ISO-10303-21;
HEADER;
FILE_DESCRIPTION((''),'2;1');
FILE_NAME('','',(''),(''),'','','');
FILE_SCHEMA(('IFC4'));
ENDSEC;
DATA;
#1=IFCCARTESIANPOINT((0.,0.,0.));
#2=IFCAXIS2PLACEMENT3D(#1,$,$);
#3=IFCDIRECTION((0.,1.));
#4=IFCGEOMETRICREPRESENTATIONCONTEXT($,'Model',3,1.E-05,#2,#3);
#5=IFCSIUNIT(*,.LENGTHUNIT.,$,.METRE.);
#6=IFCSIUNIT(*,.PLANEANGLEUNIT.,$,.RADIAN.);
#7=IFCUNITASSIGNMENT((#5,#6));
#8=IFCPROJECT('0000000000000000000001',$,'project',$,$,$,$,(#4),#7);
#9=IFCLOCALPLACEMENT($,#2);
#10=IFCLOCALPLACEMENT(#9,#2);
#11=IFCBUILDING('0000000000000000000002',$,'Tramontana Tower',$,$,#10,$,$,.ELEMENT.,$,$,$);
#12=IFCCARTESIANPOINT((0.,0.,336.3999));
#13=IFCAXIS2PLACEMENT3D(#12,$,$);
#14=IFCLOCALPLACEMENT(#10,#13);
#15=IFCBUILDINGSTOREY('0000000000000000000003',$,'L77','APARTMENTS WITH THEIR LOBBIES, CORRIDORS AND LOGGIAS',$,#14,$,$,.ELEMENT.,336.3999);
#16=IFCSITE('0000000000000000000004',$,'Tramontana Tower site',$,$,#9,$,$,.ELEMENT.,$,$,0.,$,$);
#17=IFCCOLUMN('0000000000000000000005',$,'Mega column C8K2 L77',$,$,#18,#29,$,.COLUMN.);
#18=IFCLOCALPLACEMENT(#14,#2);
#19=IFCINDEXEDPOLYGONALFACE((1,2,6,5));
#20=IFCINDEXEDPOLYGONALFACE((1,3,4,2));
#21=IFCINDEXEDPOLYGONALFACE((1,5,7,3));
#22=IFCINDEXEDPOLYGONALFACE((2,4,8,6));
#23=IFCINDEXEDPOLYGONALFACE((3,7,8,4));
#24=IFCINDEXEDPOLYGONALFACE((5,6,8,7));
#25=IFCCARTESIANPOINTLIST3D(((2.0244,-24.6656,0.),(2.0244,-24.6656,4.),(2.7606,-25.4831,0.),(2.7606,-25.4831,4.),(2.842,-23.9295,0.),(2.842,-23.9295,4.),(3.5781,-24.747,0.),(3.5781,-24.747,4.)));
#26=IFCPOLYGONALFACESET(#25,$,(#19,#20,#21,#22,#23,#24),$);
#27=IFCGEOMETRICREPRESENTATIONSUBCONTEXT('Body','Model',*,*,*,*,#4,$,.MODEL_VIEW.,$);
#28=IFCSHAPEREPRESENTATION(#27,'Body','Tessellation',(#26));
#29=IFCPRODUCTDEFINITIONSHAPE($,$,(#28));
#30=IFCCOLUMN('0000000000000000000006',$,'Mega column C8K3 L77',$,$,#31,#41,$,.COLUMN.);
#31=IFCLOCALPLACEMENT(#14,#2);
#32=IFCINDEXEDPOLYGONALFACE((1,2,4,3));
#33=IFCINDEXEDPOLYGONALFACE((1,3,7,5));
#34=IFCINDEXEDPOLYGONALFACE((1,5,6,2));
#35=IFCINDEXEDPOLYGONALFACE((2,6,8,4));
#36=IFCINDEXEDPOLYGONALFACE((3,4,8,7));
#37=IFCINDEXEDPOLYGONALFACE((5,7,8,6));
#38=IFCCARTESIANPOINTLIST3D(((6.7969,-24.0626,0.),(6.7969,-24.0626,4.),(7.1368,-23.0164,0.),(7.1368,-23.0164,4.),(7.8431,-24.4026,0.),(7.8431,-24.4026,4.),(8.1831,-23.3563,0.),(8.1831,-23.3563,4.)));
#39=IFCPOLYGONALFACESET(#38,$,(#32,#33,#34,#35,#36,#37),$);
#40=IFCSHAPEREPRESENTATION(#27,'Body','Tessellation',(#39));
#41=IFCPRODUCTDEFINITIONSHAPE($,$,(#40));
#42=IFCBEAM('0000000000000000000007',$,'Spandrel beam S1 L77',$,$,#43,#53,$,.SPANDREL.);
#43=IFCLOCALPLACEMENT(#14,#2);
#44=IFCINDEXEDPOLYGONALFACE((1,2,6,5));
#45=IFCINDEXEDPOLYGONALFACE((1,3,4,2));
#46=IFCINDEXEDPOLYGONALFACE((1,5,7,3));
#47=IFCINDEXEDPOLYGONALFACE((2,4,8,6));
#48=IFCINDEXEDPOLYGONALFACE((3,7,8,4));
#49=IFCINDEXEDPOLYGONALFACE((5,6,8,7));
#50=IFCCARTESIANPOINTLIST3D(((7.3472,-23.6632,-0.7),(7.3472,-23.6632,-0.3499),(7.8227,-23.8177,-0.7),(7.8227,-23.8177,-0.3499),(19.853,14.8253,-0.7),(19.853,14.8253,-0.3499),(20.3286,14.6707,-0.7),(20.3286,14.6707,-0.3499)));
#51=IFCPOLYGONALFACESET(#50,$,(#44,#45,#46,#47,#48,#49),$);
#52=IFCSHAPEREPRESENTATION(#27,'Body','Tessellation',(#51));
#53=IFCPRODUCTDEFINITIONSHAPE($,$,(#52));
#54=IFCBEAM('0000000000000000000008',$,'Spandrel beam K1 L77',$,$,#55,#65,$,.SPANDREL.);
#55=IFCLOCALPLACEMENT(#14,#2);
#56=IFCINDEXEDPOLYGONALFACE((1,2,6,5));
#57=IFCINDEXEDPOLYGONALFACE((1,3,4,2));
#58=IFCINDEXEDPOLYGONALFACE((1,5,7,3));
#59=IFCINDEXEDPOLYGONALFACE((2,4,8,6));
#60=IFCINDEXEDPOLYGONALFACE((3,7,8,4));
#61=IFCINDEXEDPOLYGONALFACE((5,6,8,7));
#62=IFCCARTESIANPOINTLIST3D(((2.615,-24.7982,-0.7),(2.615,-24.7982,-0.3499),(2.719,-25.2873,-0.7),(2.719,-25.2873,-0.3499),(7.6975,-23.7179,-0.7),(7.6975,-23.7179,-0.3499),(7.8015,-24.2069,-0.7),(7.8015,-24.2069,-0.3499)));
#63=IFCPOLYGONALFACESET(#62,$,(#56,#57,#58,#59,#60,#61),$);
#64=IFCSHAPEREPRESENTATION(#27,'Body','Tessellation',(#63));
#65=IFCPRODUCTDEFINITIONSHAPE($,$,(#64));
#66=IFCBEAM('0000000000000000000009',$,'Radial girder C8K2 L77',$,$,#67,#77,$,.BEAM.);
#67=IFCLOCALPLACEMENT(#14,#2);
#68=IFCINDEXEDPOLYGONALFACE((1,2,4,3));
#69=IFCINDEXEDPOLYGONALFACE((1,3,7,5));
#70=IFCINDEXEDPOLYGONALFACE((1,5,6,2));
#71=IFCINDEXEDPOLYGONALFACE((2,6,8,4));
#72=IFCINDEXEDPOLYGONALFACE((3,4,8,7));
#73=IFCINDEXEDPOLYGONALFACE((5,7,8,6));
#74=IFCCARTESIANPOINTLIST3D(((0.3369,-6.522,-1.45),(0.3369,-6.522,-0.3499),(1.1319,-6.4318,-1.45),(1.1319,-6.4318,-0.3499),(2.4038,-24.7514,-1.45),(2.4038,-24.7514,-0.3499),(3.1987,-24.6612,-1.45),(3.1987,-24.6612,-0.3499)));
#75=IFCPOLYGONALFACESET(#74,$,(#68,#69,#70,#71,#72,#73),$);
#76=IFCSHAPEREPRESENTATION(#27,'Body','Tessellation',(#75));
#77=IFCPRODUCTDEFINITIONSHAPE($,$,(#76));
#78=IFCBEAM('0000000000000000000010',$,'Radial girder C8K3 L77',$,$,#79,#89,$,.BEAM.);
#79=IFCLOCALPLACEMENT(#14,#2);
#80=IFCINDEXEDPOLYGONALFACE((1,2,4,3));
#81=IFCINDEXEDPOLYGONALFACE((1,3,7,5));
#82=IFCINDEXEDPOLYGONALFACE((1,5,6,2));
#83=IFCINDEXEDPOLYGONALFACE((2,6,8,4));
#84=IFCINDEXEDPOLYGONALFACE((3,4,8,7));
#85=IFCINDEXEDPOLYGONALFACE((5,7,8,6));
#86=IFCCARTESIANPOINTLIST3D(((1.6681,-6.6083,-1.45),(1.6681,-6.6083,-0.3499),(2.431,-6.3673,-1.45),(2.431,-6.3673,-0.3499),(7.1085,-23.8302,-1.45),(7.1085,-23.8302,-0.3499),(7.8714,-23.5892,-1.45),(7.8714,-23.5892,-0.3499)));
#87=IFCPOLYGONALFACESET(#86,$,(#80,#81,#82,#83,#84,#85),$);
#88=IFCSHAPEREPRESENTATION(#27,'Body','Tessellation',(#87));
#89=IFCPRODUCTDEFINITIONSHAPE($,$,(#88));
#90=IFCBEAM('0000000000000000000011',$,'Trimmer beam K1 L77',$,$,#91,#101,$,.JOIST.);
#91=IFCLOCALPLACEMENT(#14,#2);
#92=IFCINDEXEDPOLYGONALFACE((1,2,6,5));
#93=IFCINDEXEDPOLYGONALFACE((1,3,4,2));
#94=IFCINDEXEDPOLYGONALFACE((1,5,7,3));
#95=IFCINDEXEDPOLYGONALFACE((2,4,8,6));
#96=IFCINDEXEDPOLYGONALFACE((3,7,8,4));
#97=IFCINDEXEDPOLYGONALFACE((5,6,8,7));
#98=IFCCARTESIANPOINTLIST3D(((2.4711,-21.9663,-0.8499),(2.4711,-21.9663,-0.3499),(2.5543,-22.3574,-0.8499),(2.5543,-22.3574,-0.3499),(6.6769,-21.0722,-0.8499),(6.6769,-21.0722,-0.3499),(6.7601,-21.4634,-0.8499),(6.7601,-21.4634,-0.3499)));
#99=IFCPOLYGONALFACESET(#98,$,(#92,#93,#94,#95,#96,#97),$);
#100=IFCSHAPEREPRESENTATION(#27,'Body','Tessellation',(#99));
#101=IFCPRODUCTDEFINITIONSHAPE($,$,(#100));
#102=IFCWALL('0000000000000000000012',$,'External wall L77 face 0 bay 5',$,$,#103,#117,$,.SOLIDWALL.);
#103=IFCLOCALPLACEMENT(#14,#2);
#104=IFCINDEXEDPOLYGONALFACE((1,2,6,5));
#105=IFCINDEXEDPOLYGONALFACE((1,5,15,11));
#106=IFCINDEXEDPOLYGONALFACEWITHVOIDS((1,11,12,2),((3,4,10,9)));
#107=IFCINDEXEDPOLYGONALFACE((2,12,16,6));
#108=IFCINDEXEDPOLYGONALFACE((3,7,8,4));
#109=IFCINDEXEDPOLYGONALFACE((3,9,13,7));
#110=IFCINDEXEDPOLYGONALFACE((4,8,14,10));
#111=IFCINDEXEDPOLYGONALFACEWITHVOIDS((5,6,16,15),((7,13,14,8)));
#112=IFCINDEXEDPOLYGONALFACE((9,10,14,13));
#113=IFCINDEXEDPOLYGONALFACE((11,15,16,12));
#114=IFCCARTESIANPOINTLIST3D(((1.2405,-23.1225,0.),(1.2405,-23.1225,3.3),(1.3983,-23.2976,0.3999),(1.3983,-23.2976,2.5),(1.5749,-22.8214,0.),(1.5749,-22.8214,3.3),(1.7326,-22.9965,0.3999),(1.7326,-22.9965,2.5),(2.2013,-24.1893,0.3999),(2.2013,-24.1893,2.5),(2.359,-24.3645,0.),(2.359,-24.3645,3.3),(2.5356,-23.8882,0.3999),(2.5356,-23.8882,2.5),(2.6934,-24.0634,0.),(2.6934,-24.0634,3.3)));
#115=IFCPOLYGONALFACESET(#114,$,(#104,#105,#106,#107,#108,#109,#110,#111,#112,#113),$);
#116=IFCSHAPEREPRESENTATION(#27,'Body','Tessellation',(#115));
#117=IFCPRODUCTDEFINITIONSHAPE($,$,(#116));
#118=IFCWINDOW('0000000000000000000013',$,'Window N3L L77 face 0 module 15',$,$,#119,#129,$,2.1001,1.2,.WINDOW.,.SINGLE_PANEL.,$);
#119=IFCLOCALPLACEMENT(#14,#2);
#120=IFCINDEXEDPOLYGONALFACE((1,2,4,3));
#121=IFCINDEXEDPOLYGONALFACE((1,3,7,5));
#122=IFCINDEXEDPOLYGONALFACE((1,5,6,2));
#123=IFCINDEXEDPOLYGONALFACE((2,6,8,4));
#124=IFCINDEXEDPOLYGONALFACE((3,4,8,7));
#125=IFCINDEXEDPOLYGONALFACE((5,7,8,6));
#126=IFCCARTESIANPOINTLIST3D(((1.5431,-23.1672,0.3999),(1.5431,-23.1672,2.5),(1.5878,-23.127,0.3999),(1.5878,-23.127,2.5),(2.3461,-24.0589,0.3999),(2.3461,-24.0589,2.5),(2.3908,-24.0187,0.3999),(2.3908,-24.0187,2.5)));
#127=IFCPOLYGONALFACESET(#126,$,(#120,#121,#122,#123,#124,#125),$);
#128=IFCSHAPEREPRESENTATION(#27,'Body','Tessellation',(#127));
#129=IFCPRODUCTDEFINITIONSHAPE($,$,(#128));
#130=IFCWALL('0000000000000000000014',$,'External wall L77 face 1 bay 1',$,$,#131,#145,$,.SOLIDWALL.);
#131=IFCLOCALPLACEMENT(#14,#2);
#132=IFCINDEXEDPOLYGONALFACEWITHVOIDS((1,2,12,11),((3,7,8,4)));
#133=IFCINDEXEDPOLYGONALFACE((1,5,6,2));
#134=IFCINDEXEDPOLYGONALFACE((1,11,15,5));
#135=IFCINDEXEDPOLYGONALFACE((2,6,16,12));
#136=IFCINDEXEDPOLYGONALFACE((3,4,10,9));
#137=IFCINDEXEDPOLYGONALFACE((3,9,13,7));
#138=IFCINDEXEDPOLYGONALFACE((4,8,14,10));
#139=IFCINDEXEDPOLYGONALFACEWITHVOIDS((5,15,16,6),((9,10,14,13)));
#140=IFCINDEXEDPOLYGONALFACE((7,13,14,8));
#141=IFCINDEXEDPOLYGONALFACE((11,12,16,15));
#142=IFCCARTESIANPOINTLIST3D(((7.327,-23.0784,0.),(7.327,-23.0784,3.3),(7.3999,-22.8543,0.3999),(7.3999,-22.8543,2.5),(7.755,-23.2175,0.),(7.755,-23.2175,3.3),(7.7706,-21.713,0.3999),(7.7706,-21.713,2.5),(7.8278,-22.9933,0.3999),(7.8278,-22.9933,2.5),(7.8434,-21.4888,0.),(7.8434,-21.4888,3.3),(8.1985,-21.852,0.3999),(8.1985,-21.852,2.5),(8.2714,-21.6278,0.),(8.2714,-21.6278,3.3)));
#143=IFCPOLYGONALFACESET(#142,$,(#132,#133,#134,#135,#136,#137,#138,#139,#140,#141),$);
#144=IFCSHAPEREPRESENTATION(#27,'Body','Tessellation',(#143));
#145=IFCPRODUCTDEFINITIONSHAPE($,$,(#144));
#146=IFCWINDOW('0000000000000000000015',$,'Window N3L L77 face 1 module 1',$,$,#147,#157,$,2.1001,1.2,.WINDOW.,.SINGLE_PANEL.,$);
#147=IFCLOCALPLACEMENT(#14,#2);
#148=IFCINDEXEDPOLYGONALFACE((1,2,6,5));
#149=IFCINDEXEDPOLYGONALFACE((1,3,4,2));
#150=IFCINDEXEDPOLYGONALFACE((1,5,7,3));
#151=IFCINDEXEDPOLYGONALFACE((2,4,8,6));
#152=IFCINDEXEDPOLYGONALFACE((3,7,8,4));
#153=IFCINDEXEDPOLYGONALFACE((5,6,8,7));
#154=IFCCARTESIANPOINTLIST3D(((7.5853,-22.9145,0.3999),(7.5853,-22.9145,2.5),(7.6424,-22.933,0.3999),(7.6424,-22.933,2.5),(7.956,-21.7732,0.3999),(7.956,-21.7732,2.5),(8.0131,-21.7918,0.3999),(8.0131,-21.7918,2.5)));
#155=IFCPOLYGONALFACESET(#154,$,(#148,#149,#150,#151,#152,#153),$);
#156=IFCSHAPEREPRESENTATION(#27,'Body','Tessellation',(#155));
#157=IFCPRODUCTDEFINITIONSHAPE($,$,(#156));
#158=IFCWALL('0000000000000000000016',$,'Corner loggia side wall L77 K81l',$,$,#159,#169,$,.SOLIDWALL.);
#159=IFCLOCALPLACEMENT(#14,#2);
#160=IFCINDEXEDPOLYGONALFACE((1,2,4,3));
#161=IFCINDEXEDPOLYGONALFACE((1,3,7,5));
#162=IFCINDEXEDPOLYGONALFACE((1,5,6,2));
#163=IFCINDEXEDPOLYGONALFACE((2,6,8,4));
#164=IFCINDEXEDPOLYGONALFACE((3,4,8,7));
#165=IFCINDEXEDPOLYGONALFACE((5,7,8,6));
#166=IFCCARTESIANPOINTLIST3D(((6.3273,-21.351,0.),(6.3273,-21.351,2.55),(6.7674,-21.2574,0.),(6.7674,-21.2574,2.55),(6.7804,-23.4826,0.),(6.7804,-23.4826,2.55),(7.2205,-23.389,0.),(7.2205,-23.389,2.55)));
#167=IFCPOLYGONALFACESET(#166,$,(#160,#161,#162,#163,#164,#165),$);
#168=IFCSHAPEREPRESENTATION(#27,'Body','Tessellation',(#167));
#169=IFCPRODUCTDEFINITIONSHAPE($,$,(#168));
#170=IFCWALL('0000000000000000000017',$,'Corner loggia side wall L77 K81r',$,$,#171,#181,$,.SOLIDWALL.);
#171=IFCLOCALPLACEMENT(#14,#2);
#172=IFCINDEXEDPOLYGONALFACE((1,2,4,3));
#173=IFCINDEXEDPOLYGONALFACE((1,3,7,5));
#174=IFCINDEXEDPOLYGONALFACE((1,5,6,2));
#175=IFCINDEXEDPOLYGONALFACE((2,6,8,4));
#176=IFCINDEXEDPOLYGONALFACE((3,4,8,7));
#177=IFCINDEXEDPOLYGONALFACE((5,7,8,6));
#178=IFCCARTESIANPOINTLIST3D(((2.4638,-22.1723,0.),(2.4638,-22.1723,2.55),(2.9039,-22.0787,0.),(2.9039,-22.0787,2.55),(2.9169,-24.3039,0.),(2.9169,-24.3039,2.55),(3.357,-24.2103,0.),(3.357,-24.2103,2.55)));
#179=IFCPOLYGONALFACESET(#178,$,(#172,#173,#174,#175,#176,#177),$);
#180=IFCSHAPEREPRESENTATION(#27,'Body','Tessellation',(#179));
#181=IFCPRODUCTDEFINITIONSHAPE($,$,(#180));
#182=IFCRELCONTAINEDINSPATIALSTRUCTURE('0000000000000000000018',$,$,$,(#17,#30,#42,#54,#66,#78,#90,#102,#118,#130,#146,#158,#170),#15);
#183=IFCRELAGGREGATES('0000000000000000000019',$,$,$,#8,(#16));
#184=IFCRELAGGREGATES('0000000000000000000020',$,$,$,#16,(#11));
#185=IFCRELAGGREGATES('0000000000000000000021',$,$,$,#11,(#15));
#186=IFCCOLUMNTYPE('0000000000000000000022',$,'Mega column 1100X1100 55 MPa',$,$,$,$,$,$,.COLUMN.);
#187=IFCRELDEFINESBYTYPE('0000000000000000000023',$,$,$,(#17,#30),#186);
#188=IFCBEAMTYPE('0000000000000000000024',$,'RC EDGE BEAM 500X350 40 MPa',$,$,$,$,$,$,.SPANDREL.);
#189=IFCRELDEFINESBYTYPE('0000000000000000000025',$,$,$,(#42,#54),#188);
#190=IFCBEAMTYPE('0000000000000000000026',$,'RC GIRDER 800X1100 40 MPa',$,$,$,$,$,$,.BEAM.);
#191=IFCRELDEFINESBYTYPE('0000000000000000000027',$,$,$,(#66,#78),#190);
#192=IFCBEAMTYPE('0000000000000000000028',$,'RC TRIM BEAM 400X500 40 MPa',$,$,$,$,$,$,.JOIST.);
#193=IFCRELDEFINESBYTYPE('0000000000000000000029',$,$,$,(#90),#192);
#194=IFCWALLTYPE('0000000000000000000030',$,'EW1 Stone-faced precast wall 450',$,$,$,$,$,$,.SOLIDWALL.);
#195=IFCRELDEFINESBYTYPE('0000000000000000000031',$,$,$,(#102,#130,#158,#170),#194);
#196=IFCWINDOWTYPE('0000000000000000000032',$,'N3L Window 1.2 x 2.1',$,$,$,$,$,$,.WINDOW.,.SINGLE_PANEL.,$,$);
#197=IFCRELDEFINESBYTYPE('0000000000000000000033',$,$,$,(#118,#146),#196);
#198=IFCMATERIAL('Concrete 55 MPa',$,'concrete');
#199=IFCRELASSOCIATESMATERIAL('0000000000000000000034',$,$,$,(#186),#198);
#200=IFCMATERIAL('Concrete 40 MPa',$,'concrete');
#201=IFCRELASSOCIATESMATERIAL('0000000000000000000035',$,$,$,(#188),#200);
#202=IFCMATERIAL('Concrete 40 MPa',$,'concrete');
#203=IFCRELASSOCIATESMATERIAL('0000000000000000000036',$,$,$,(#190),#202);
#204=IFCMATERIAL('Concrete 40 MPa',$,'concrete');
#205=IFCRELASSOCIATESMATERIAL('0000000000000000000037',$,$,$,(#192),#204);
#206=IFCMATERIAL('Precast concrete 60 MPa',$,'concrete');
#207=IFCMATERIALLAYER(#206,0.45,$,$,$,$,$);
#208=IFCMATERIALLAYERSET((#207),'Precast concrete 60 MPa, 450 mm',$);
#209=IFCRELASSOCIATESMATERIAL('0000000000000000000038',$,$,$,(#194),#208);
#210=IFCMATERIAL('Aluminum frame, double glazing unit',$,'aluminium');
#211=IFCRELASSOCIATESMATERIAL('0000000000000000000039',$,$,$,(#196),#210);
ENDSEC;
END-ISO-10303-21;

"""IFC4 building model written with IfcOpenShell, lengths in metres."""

from ifc_helpers import new_model, si_unit, direction, frame, frame_2d, origin, origin_2d, place, context, subcontext, project, spatial, rectangle, extrude, material, layer, layer_set, material_profile, profile_set, type_object, element, fill, save


model = new_model("IFC4")

# Units and contexts
model_context = context("Model", 3, precision=1e-05, world=origin(), true_north=direction((0.0, 1.0)))
body_context = subcontext(model_context, "Body", "Model", "MODEL_VIEW")
ifc_project = project(units=[si_unit("LENGTHUNIT", "METRE"), si_unit("PLANEANGLEUNIT", "RADIAN")], contexts=[model_context])

# Site, building, storey
site_placement = place(None, origin())
site = spatial("IfcSite", under=ifc_project, at=site_placement, Name="Tramontana Tower site", CompositionType="ELEMENT", RefElevation=0.0)
building_placement = place(site_placement, origin())
building = spatial("IfcBuilding", under=site, at=building_placement, Name="Tramontana Tower", CompositionType="ELEMENT")
storey_placement = place(building_placement, frame((0.0, 0.0, 336.3999)))
storey = spatial("IfcBuildingStorey", under=building, at=storey_placement, Name="L77", Description="APARTMENTS WITH THEIR LOBBIES, CORRIDORS AND LOGGIAS", CompositionType="ELEMENT", Elevation=336.3999)

# Columns
ifc_material_1 = material(Name="Concrete 55 MPa", Category="concrete")
ifc_material_profile_1 = material_profile(ifc_material_1, rectangle(XDim=1.1001, YDim=1.1001, at=origin_2d()), Name="Mega column 1100X1100 55 MPa")
ifc_profile_set_1 = profile_set([ifc_material_profile_1], Name="Concrete 55 MPa")
column_type = type_object("IfcColumnType", Name="Mega column 1100X1100 55 MPa", PredefinedType="COLUMN", material=ifc_profile_set_1)
for number, where, z_axis, x_axis, name in (
    (1, (2.8013, -24.7063, 0.0), (0.0, 0.0, 1.0), (0.669131, -0.743145, 0.0), "Mega column C8K2 L77"),
    (2, (7.49, -23.7095, 0.0), (0.0, 0.0, 1.0), (0.309017, 0.951057, 0.0), "Mega column C8K3 L77"),
):
    element("IfcColumn", number, at=place(storey_placement, frame(where, z_axis=z_axis, x_axis=x_axis)), inside=storey, type_object=column_type, Name=name, PredefinedType="COLUMN", context=body_context, shape_type="SweptSolid", body=[
        extrude(rectangle(XDim=1.1001, YDim=1.1001, at=origin_2d()), origin(), (0.0, 0.0, 1.0), 4.0),
    ])

# Beams
ifc_material_2 = material(Name="Concrete 40 MPa", Category="concrete")
ifc_material_profile_2 = material_profile(ifc_material_2, rectangle(XDim=0.5, YDim=0.3501, at=origin_2d()), Name="RC EDGE BEAM 500X350 40 MPa")
ifc_profile_set_2 = profile_set([ifc_material_profile_2], Name="Concrete 40 MPa")
beam_type_1 = type_object("IfcBeamType", Name="RC EDGE BEAM 500X350 40 MPa", PredefinedType="SPANDREL", material=ifc_profile_set_2)
beam_1_placement = place(storey_placement, frame((7.585, -23.7405, -0.5249), z_axis=(0.309021, 0.951055, 0.0), x_axis=(-0.951055, 0.309021, 0.0)))
element("IfcBeam", 3, at=beam_1_placement, inside=storey, type_object=beam_type_1, Name="Spandrel beam S1 L77", PredefinedType="SPANDREL", context=body_context, shape_type="SweptSolid", body=[
    extrude(rectangle(XDim=0.5, YDim=0.3501, at=origin_2d()), origin(), (0.0, 0.0, 1.0), 40.4692),
])
beam_2_placement = place(storey_placement, frame((2.667, -25.0427, -0.5249), z_axis=(0.978148, 0.207912, 0.0), x_axis=(-0.207912, 0.978148, 0.0)))
element("IfcBeam", 4, at=beam_2_placement, inside=storey, type_object=beam_type_1, Name="Spandrel beam K1 L77", PredefinedType="SPANDREL", context=body_context, shape_type="SweptSolid", body=[
    extrude(rectangle(XDim=0.5, YDim=0.3501, at=origin_2d()), origin(), (0.0, 0.0, 1.0), 5.196),
])
ifc_material_3 = material(Name="Concrete 40 MPa", Category="concrete")
ifc_material_profile_3 = material_profile(ifc_material_3, rectangle(XDim=0.8, YDim=1.1001, at=origin_2d()), Name="RC GIRDER 800X1100 40 MPa")
ifc_profile_set_3 = profile_set([ifc_material_profile_3], Name="Concrete 40 MPa")
beam_type_2 = type_object("IfcBeamType", Name="RC GIRDER 800X1100 40 MPa", PredefinedType="BEAM", material=ifc_profile_set_3)
beam_3_placement = place(storey_placement, frame((2.8013, -24.7063, -0.8999), z_axis=(-0.11266, 0.993634, 0.0), x_axis=(-0.993634, -0.11266, 0.0)))
element("IfcBeam", 5, at=beam_3_placement, inside=storey, type_object=beam_type_2, Name="Radial girder C8K2 L77", PredefinedType="BEAM", context=body_context, shape_type="SweptSolid", body=[
    extrude(rectangle(XDim=0.8, YDim=1.1001, at=origin_2d()), origin(), (0.0, 0.0, 1.0), 18.3462),
])
beam_4_placement = place(storey_placement, frame((7.49, -23.7097, -0.8999), z_axis=(-0.301228, 0.953552, 0.0), x_axis=(-0.953552, -0.301228, 0.0)))
element("IfcBeam", 6, at=beam_4_placement, inside=storey, type_object=beam_type_2, Name="Radial girder C8K3 L77", PredefinedType="BEAM", context=body_context, shape_type="SweptSolid", body=[
    extrude(rectangle(XDim=0.8, YDim=1.1001, at=origin_2d()), origin(), (0.0, 0.0, 1.0), 18.0608),
])
ifc_material_4 = material(Name="Concrete 40 MPa", Category="concrete")
ifc_material_profile_4 = material_profile(ifc_material_4, rectangle(XDim=0.3999, YDim=0.5, at=origin_2d()), Name="RC TRIM BEAM 400X500 40 MPa")
ifc_profile_set_4 = profile_set([ifc_material_profile_4], Name="Concrete 40 MPa")
beam_type_3 = type_object("IfcBeamType", Name="RC TRIM BEAM 400X500 40 MPa", PredefinedType="JOIST", material=ifc_profile_set_4)
beam_5_placement = place(storey_placement, frame((2.5127, -22.1619, -0.5999), z_axis=(0.978144, 0.207927, 0.0), x_axis=(-0.207927, 0.978144, 0.0)))
element("IfcBeam", 7, at=beam_5_placement, inside=storey, type_object=beam_type_3, Name="Trimmer beam K1 L77", PredefinedType="JOIST", context=body_context, shape_type="SweptSolid", body=[
    extrude(rectangle(XDim=0.3999, YDim=0.5, at=origin_2d()), origin(), (0.0, 0.0, 1.0), 4.2998),
])

# Walls, openings, windows
ifc_material_5 = material(Name="Precast concrete 60 MPa", Category="concrete")
ifc_layer_1 = layer(ifc_material_5, 0.45)
ifc_layer_set_1 = layer_set([ifc_layer_1], Name="Precast concrete 60 MPa, 450 mm")
wall_type_1 = type_object("IfcWallType", Name="EW1 Stone-faced precast wall 450", PredefinedType="SOLIDWALL", material=ifc_layer_set_1)
wall_1_placement = place(storey_placement, frame((1.4077, -22.9719, 0.0), z_axis=(0.0, 0.0, 1.0), x_axis=(0.669183, -0.743098, 0.0)))
wall_1 = element("IfcWall", 8, at=wall_1_placement, inside=storey, type_object=wall_type_1, Name="External wall L77 face 0 bay 5", PredefinedType="SOLIDWALL", context=body_context, shape_type="SweptSolid", body=[
    extrude(rectangle(XDim=1.6714, YDim=0.45, at=frame_2d((0.8357, 0.0))), origin(), (0.0, 0.0, 1.0), 3.3),
])
opening_1_placement = place(wall_1_placement, frame((0.2356, 0.0, 0.3999)))
opening_1 = element("IfcOpeningElement", 9, at=opening_1_placement, cuts=wall_1, PredefinedType="OPENING", context=body_context, shape_type="SweptSolid", body=[
    extrude(rectangle(XDim=1.2, YDim=2.1001, at=frame_2d((0.6001, 1.05))), frame((0.0, 0.2349, 0.0), z_axis=(0.0, -1.0, 0.0), x_axis=(1.0, 0.0, 0.0)), (0.0, 0.0, 1.0), 0.47),
])
ifc_material_6 = material(Name="Aluminum frame, double glazing unit", Category="aluminium")
window_type = type_object("IfcWindowType", Name="N3L Window 1.2 x 2.1", PartitioningType="SINGLE_PANEL", PredefinedType="WINDOW", material=ifc_material_6)
window_1_placement = place(opening_1_placement, origin())
window_1 = element("IfcWindow", 10, at=window_1_placement, inside=storey, type_object=window_type, Name="Window N3L L77 face 0 module 15", OverallHeight=2.1001, OverallWidth=1.2, PartitioningType="SINGLE_PANEL", PredefinedType="WINDOW", context=body_context, shape_type="SweptSolid", body=[
    extrude(rectangle(XDim=1.2, YDim=2.1001, at=frame_2d((0.6001, 1.05))), frame((0.0, 0.03, 0.0), z_axis=(0.0, -1.0, 0.0), x_axis=(1.0, 0.0, 0.0)), (0.0, 0.0, 1.0), 0.0601),
])
fill(opening_1, window_1)
wall_2_placement = place(storey_placement, frame((7.541, -23.1479, 0.0), z_axis=(0.0, 0.0, 1.0), x_axis=(0.308944, 0.95108, 0.0)))
wall_2 = element("IfcWall", 11, at=wall_2_placement, inside=storey, type_object=wall_type_1, Name="External wall L77 face 1 bay 1", PredefinedType="SOLIDWALL", context=body_context, shape_type="SweptSolid", body=[
    extrude(rectangle(XDim=1.6714, YDim=0.45, at=frame_2d((0.8357, 0.0))), origin(), (0.0, 0.0, 1.0), 3.3),
])
opening_2_placement = place(wall_2_placement, frame((0.2356, 0.0, 0.3999)))
opening_2 = element("IfcOpeningElement", 12, at=opening_2_placement, cuts=wall_2, PredefinedType="OPENING", context=body_context, shape_type="SweptSolid", body=[
    extrude(rectangle(XDim=1.2, YDim=2.1001, at=frame_2d((0.6001, 1.05))), frame((0.0, 0.2349, 0.0), z_axis=(0.0, -1.0, 0.0), x_axis=(1.0, 0.0, 0.0)), (0.0, 0.0, 1.0), 0.47),
])
window_2_placement = place(opening_2_placement, origin())
window_2 = element("IfcWindow", 13, at=window_2_placement, inside=storey, type_object=window_type, Name="Window N3L L77 face 1 module 1", OverallHeight=2.1001, OverallWidth=1.2, PartitioningType="SINGLE_PANEL", PredefinedType="WINDOW", context=body_context, shape_type="SweptSolid", body=[
    extrude(rectangle(XDim=1.2, YDim=2.1001, at=frame_2d((0.6001, 1.05))), frame((0.0, 0.03, 0.0), z_axis=(0.0, -1.0, 0.0), x_axis=(1.0, 0.0, 0.0)), (0.0, 0.0, 1.0), 0.0601),
])
fill(opening_2, window_2)

# Walls
for number, where, z_axis, x_axis, name in (
    (14, (7.0005, -23.4358, 0.0), (0.0, 0.0, 1.0), (-0.20793, 0.978144, 0.0), "Corner loggia side wall L77 K81l"),
    (15, (3.137, -24.2571, 0.0), (0.0, 0.0, 1.0), (-0.20793, 0.978144, 0.0), "Corner loggia side wall L77 K81r"),
):
    element("IfcWall", number, at=place(storey_placement, frame(where, z_axis=z_axis, x_axis=x_axis)), inside=storey, type_object=wall_type_1, Name=name, PredefinedType="SOLIDWALL", context=body_context, shape_type="SweptSolid", body=[
        extrude(rectangle(XDim=2.1792, YDim=0.45, at=frame_2d((1.0896, 0.0))), origin(), (0.0, 0.0, 1.0), 2.55),
    ])

save(model, "model.ifc")
